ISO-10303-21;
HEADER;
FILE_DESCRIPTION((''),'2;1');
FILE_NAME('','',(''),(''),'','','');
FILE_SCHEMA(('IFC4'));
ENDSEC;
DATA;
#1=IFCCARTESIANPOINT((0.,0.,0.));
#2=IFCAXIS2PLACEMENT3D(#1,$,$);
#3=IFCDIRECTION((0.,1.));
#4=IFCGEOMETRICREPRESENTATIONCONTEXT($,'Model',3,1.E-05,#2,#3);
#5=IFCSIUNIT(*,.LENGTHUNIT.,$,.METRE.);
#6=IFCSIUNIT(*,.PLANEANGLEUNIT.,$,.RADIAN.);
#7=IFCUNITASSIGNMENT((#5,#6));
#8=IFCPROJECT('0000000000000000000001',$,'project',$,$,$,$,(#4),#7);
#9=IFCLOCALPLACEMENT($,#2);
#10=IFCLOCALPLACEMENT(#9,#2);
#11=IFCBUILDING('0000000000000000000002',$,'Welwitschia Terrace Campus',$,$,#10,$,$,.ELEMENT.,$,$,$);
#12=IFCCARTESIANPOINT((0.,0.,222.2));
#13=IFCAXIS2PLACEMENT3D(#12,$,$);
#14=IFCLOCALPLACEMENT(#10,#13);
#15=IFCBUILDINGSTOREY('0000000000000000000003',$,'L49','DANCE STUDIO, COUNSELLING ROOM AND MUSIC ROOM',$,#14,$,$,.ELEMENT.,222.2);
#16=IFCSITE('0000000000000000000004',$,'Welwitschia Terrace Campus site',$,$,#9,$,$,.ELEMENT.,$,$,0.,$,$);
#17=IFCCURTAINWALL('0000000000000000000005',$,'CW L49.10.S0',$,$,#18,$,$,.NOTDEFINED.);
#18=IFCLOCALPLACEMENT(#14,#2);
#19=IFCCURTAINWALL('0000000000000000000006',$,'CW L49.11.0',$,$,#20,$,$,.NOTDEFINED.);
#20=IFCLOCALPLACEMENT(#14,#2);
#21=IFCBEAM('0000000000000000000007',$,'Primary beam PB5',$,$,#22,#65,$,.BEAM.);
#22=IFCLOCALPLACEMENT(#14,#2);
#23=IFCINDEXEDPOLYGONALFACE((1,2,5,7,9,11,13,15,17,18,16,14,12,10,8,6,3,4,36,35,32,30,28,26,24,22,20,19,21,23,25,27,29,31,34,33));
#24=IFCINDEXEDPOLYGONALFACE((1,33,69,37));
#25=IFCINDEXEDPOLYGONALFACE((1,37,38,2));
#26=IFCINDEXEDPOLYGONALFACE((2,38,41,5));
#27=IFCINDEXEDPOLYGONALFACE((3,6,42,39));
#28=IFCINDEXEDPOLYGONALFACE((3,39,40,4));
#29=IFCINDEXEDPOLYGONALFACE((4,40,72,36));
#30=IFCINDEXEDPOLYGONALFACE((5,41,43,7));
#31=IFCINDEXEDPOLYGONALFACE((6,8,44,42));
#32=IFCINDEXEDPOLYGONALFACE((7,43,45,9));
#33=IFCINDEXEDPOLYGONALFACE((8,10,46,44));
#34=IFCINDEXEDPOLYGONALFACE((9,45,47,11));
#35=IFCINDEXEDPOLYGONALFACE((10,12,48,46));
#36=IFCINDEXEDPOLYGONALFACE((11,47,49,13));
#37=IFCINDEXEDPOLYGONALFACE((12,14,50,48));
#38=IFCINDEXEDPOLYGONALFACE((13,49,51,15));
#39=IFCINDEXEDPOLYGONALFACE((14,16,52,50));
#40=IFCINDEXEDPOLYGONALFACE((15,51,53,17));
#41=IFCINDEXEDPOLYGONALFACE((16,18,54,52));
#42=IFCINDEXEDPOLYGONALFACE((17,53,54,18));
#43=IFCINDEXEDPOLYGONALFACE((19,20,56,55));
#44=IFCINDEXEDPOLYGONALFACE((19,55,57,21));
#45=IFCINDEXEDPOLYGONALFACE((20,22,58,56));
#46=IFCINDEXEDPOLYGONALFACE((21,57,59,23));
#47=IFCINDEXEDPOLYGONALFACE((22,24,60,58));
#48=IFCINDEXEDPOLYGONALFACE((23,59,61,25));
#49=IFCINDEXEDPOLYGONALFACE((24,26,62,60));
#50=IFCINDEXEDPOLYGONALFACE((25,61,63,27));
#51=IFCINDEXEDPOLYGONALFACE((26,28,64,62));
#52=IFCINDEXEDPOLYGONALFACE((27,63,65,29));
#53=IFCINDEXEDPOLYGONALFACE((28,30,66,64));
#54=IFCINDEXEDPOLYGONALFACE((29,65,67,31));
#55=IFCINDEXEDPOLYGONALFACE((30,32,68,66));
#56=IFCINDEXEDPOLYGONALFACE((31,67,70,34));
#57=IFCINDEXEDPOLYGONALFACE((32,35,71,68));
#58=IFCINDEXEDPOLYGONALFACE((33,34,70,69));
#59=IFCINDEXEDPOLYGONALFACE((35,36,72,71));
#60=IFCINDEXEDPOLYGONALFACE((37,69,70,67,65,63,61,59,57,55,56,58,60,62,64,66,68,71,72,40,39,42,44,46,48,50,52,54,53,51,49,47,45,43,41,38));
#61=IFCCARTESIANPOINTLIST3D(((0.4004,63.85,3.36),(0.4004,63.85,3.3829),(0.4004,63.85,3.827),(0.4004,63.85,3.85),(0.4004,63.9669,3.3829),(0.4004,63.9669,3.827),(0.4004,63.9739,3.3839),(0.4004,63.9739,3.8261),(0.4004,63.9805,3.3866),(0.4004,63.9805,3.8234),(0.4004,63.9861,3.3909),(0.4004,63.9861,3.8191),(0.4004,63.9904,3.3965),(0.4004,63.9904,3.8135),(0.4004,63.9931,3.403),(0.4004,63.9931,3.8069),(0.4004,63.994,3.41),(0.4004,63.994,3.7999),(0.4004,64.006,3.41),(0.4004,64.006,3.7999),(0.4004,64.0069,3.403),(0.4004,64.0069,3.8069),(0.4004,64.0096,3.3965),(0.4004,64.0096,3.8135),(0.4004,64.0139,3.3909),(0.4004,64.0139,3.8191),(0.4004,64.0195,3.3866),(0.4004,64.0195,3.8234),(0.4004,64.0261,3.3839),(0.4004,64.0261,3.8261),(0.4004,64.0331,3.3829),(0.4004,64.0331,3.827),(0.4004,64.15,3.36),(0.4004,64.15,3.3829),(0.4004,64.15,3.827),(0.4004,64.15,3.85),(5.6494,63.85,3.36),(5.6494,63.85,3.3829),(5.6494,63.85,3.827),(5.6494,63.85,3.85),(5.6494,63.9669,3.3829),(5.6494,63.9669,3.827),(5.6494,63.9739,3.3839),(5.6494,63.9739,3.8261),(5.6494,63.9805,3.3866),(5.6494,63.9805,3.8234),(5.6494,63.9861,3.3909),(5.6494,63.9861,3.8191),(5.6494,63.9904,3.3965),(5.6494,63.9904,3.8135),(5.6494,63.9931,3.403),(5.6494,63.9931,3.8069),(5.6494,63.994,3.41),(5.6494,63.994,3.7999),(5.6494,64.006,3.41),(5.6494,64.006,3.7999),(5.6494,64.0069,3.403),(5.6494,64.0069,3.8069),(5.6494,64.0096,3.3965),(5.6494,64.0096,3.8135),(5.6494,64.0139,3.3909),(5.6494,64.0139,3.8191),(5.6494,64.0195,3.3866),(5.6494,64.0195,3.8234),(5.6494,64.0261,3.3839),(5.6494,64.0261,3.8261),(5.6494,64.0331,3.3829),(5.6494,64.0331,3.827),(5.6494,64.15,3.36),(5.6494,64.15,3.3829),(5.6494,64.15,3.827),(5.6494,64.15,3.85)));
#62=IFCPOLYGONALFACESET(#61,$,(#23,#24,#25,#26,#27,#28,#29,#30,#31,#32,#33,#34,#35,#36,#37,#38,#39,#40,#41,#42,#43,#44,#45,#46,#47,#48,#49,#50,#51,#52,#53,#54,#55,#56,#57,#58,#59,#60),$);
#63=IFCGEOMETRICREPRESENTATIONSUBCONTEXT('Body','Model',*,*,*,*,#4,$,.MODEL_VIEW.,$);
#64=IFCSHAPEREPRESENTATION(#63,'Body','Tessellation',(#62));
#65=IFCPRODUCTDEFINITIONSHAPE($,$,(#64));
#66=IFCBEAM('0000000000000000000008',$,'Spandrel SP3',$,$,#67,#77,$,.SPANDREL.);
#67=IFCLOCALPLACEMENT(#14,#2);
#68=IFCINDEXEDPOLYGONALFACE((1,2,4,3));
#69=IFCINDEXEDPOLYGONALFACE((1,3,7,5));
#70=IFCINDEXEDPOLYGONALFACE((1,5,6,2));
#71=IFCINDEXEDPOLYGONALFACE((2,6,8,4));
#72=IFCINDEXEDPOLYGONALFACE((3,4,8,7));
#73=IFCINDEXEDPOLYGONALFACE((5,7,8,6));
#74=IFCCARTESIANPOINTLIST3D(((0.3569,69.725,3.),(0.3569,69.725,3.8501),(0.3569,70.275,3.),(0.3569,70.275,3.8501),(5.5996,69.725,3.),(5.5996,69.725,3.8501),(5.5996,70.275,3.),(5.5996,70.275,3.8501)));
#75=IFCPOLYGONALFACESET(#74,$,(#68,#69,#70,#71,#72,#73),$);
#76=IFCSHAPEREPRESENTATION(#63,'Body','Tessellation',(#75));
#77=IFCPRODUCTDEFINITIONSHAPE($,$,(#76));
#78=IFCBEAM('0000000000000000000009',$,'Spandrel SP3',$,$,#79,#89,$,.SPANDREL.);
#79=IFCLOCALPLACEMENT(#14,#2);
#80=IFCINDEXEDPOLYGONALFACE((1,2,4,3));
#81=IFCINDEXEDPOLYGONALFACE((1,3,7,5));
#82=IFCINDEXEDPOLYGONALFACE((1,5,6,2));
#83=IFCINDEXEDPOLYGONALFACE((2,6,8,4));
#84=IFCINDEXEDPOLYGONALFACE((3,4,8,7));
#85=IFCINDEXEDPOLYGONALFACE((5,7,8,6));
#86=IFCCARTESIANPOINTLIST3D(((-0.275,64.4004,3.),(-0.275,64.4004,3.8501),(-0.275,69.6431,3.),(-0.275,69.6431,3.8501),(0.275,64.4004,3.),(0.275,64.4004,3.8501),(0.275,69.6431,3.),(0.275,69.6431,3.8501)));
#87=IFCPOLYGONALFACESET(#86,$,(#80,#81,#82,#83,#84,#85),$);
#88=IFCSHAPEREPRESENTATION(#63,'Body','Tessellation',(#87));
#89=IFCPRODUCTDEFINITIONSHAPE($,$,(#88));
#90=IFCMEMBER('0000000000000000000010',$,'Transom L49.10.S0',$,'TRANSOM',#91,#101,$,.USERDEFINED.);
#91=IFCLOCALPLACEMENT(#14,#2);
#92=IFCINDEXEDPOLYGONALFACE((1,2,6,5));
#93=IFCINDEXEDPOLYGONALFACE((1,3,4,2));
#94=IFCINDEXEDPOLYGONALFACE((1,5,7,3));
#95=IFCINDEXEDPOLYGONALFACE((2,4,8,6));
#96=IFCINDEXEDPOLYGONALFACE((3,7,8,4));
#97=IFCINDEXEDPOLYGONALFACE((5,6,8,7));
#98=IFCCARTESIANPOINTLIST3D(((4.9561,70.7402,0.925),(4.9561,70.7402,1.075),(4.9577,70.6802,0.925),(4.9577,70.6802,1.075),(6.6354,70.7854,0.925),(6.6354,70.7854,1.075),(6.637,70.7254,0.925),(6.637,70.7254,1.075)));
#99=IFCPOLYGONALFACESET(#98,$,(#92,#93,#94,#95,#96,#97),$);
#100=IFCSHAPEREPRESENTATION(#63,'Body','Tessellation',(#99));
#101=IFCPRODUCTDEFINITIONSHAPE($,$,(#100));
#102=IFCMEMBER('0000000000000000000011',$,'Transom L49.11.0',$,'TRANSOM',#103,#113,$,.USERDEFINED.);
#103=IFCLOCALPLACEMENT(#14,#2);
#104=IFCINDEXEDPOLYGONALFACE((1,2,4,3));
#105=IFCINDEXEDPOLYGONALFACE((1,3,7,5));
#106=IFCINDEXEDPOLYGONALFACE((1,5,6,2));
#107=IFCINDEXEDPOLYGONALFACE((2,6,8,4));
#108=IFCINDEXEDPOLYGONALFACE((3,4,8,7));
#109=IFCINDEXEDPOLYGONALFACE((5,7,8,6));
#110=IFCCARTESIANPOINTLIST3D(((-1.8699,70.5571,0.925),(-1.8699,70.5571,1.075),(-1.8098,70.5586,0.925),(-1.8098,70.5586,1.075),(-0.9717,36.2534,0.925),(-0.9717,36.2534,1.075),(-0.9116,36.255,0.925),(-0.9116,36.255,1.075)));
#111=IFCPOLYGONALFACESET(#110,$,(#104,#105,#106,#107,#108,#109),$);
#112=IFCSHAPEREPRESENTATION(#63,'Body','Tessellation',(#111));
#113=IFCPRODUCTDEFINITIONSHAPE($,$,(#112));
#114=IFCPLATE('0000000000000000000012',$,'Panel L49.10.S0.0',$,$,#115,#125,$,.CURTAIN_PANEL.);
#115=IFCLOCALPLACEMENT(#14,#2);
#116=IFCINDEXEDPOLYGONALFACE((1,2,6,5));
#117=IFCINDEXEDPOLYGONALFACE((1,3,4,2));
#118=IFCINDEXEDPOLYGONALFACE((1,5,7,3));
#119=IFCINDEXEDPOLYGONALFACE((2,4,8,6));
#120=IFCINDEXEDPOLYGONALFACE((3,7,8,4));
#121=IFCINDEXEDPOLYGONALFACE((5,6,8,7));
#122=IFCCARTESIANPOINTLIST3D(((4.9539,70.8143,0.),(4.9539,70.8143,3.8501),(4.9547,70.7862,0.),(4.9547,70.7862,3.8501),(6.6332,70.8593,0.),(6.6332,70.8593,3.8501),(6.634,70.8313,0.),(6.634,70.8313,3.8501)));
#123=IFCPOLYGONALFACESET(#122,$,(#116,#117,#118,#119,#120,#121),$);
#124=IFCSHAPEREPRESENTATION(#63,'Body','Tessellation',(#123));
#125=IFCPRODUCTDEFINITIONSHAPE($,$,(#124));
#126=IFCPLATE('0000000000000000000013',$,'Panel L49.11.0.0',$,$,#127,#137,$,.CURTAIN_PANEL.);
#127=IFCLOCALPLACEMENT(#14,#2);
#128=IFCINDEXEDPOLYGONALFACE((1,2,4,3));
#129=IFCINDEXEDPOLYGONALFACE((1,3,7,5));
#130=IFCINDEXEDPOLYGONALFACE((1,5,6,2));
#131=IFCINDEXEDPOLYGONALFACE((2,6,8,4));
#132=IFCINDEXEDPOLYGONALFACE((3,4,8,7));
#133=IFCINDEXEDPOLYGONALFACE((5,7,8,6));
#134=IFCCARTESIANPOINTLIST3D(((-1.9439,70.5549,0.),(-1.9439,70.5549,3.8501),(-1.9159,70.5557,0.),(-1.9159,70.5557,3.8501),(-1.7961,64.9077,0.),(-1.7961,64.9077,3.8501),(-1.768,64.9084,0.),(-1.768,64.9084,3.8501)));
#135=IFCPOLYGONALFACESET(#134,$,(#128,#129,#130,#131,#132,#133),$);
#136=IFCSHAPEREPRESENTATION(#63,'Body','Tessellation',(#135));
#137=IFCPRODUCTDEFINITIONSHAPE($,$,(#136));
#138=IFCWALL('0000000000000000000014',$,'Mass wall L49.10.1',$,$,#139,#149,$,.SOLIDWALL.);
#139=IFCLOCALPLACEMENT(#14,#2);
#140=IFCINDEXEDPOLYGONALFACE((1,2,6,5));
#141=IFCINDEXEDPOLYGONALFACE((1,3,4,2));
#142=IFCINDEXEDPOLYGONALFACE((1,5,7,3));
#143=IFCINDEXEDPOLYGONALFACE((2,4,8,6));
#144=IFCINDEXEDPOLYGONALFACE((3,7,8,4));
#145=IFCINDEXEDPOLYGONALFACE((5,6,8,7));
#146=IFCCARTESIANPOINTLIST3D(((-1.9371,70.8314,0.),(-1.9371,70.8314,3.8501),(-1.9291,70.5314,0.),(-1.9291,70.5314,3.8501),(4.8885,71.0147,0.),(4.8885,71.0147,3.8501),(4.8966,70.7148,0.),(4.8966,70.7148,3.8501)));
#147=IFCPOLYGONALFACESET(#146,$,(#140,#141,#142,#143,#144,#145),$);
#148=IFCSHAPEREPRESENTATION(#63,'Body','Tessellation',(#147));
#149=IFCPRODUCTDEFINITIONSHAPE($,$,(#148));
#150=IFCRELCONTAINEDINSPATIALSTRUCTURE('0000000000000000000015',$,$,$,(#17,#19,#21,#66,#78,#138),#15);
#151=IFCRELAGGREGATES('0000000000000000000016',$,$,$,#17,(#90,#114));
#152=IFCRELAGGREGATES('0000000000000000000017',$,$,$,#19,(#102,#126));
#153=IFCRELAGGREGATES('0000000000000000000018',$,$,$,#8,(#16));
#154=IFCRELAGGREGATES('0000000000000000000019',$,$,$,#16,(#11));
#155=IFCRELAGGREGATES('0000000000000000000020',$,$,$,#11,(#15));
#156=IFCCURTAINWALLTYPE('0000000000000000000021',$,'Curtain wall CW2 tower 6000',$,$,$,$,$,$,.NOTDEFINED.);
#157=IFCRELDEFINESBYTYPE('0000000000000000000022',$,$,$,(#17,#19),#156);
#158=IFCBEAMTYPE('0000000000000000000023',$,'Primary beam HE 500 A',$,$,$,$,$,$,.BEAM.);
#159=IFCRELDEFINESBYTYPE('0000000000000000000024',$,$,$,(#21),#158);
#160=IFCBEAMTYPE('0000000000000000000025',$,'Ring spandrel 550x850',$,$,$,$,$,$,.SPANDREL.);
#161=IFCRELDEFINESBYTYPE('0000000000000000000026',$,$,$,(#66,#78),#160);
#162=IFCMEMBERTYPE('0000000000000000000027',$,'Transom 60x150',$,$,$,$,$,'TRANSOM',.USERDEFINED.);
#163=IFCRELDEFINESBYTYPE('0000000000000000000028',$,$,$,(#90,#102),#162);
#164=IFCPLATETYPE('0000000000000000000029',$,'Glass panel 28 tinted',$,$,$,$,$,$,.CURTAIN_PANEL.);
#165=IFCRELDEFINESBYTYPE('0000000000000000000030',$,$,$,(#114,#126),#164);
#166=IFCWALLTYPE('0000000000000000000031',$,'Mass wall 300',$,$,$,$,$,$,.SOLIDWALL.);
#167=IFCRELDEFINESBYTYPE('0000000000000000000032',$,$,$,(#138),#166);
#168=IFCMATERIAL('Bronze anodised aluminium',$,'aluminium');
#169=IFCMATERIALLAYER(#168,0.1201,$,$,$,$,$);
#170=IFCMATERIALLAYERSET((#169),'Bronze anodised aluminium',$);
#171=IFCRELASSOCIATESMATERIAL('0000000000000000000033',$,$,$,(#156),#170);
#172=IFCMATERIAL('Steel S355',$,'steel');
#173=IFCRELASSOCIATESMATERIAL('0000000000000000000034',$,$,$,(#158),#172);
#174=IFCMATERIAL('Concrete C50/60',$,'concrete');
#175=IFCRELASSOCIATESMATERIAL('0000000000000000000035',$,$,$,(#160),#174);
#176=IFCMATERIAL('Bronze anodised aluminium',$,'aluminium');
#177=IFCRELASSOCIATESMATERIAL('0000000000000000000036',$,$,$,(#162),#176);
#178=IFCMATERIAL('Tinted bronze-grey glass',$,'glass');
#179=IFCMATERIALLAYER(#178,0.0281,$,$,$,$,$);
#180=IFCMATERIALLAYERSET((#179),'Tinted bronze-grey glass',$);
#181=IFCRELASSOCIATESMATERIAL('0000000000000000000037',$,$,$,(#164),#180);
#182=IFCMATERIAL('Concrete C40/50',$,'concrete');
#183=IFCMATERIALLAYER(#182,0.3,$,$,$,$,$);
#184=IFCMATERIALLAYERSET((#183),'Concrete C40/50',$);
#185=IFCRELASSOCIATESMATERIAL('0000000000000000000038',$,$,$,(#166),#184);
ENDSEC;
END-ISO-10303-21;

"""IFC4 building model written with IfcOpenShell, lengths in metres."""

from ifc_helpers import new_model, si_unit, direction, frame, frame_2d, origin, origin_2d, place, context, subcontext, project, spatial, rectangle, i_section, extrude, material, layer, layer_set, material_profile, profile_set, type_object, element, aggregate, save


model = new_model("IFC4")

# Units and contexts
model_context = context("Model", 3, precision=1e-05, world=origin(), true_north=direction((0.0, 1.0)))
body_context = subcontext(model_context, "Body", "Model", "MODEL_VIEW")
ifc_project = project(units=[si_unit("LENGTHUNIT", "METRE"), si_unit("PLANEANGLEUNIT", "RADIAN")], contexts=[model_context])

# Site, building, storey
site_placement = place(None, origin())
site = spatial("IfcSite", under=ifc_project, at=site_placement, Name="Welwitschia Terrace Campus site", CompositionType="ELEMENT", RefElevation=0.0)
building_placement = place(site_placement, origin())
building = spatial("IfcBuilding", under=site, at=building_placement, Name="Welwitschia Terrace Campus", CompositionType="ELEMENT")
storey_placement = place(building_placement, frame((0.0, 0.0, 222.2)))
storey = spatial("IfcBuildingStorey", under=building, at=storey_placement, Name="L49", Description="DANCE STUDIO, COUNSELLING ROOM AND MUSIC ROOM", CompositionType="ELEMENT", Elevation=222.2)

# Curtain walls
ifc_material_1 = material(Name="Bronze anodised aluminium", Category="aluminium")
ifc_layer_1 = layer(ifc_material_1, 0.1201)
ifc_layer_set_1 = layer_set([ifc_layer_1], Name="Bronze anodised aluminium")
curtain_wall_type = type_object("IfcCurtainWallType", Name="Curtain wall CW2 tower 6000", PredefinedType="NOTDEFINED", material=ifc_layer_set_1)
curtain_wall_1_placement = place(storey_placement, origin())
curtain_wall_1 = element("IfcCurtainWall", 1, at=curtain_wall_1_placement, inside=storey, type_object=curtain_wall_type, Name="CW L49.10.S0", PredefinedType="NOTDEFINED")
curtain_wall_2_placement = place(storey_placement, origin())
curtain_wall_2 = element("IfcCurtainWall", 2, at=curtain_wall_2_placement, inside=storey, type_object=curtain_wall_type, Name="CW L49.11.0", PredefinedType="NOTDEFINED")

# Beams
ifc_material_2 = material(Name="Steel S355", Category="steel")
ifc_material_profile_1 = material_profile(ifc_material_2, i_section(OverallWidth=0.3, OverallDepth=0.49, WebThickness=0.012, FlangeThickness=0.0229, FilletRadius=0.0271, at=origin_2d()))
ifc_profile_set_1 = profile_set([ifc_material_profile_1], Name="Steel S355")
beam_type_1 = type_object("IfcBeamType", Name="Primary beam HE 500 A", PredefinedType="BEAM", material=ifc_profile_set_1)
beam_1_placement = place(storey_placement, frame((0.4004, 64.0, 3.605), z_axis=(1.0, 0.0, 0.0), x_axis=(0.0, 1.0, 0.0)))
element("IfcBeam", 3, at=beam_1_placement, inside=storey, type_object=beam_type_1, Name="Primary beam PB5", PredefinedType="BEAM", context=body_context, shape_type="SweptSolid", body=[
    extrude(i_section(OverallWidth=0.3, OverallDepth=0.49, WebThickness=0.012, FlangeThickness=0.0229, FilletRadius=0.0271, at=origin_2d()), origin(), (0.0, 0.0, 1.0), 5.249),
])
ifc_material_3 = material(Name="Concrete C50/60", Category="concrete")
ifc_material_profile_2 = material_profile(ifc_material_3, rectangle(XDim=0.55, YDim=0.8501, at=origin_2d()))
ifc_profile_set_2 = profile_set([ifc_material_profile_2], Name="Concrete C50/60")
beam_type_2 = type_object("IfcBeamType", Name="Ring spandrel 550x850", PredefinedType="SPANDREL", material=ifc_profile_set_2)
for number, where, z_axis, x_axis, name in (
    (4, (5.5996, 70.0, 3.425), (-1.0, 0.0, 0.0), (0.0, -1.0, 0.0), "Spandrel SP3"),
    (5, (0.0, 69.6431, 3.425), (0.0, -1.0, 0.0), (1.0, 0.0, 0.0), "Spandrel SP3"),
):
    element("IfcBeam", number, at=place(storey_placement, frame(where, z_axis=z_axis, x_axis=x_axis)), inside=storey, type_object=beam_type_2, Name=name, PredefinedType="SPANDREL", context=body_context, shape_type="SweptSolid", body=[
        extrude(rectangle(XDim=0.55, YDim=0.8501, at=origin_2d()), origin(), (0.0, 0.0, 1.0), 5.2427),
    ])

# Members
ifc_material_4 = material(Name="Bronze anodised aluminium", Category="aluminium")
ifc_material_profile_3 = material_profile(ifc_material_4, rectangle(XDim=0.0601, YDim=0.1499, at=origin_2d()))
ifc_profile_set_3 = profile_set([ifc_material_profile_3], Name="Bronze anodised aluminium")
member_type_1 = type_object("IfcMemberType", Name="Transom 60x150", ElementType="TRANSOM", PredefinedType="USERDEFINED", material=ifc_profile_set_3)
member_1_placement = place(storey_placement, frame((6.6362, 70.7554, 1.0), z_axis=(-0.999639, -0.026884, 0.0), x_axis=(0.026884, -0.999639, 0.0)))
member_1 = element("IfcMember", 6, at=member_1_placement, type_object=member_type_1, Name="Transom L49.10.S0", ObjectType="TRANSOM", PredefinedType="USERDEFINED", context=body_context, shape_type="SweptSolid", body=[
    extrude(rectangle(XDim=0.0601, YDim=0.1499, at=origin_2d()), origin(), (0.0, 0.0, 1.0), 1.6799),
])
member_2_placement = place(storey_placement, frame((-1.8398, 70.5579, 1.0), z_axis=(0.026175, -0.999657, 0.0), x_axis=(0.999657, 0.026175, 0.0)))
member_2 = element("IfcMember", 7, at=member_2_placement, type_object=member_type_1, Name="Transom L49.11.0", ObjectType="TRANSOM", PredefinedType="USERDEFINED", context=body_context, shape_type="SweptSolid", body=[
    extrude(rectangle(XDim=0.0601, YDim=0.1499, at=origin_2d()), origin(), (0.0, 0.0, 1.0), 34.3154),
])

# Plates
ifc_material_5 = material(Name="Tinted bronze-grey glass", Category="glass")
ifc_layer_2 = layer(ifc_material_5, 0.0281)
ifc_layer_set_2 = layer_set([ifc_layer_2], Name="Tinted bronze-grey glass")
plate_type = type_object("IfcPlateType", Name="Glass panel 28 tinted", PredefinedType="CURTAIN_PANEL", material=ifc_layer_set_2)
plate_1_placement = place(storey_placement, frame((5.7939, 70.8228, 0.0), z_axis=(0.0, 0.0, 1.0), x_axis=(-0.99964, -0.026824, 0.0)))
plate_1 = element("IfcPlate", 8, at=plate_1_placement, type_object=plate_type, Name="Panel L49.10.S0.0", PredefinedType="CURTAIN_PANEL", context=body_context, shape_type="SweptSolid", body=[
    extrude(rectangle(XDim=1.6799, YDim=0.0281, at=origin_2d()), origin(), (0.0, 0.0, 1.0), 3.8501),
])
aggregate(curtain_wall_1, [member_1, plate_1])
plate_2_placement = place(storey_placement, frame((-1.856, 67.7317, 0.0), z_axis=(0.0, 0.0, 1.0), x_axis=(0.026177, -0.999657, 0.0)))
plate_2 = element("IfcPlate", 9, at=plate_2_placement, type_object=plate_type, Name="Panel L49.11.0.0", PredefinedType="CURTAIN_PANEL", context=body_context, shape_type="SweptSolid", body=[
    extrude(rectangle(XDim=5.6492, YDim=0.0281, at=origin_2d()), origin(), (0.0, 0.0, 1.0), 3.8501),
])
aggregate(curtain_wall_2, [member_2, plate_2])

# Wall
ifc_material_6 = material(Name="Concrete C40/50", Category="concrete")
ifc_layer_3 = layer(ifc_material_6, 0.3)
ifc_layer_set_3 = layer_set([ifc_layer_3], Name="Concrete C40/50")
wall_type = type_object("IfcWallType", Name="Mass wall 300", PredefinedType="SOLIDWALL", material=ifc_layer_set_3)
wall_placement = place(storey_placement, frame((4.8926, 70.8647, 0.0), z_axis=(0.0, 0.0, 1.0), x_axis=(-0.999639, -0.026852, 0.0)))
element("IfcWall", 10, at=wall_placement, inside=storey, type_object=wall_type, Name="Mass wall L49.10.1", PredefinedType="SOLIDWALL", context=body_context, shape_type="SweptSolid", body=[
    extrude(rectangle(XDim=6.8281, YDim=0.3, at=frame_2d((3.4141, 0.0))), origin(), (0.0, 0.0, 1.0), 3.8501),
])

save(model, "model.ifc")
